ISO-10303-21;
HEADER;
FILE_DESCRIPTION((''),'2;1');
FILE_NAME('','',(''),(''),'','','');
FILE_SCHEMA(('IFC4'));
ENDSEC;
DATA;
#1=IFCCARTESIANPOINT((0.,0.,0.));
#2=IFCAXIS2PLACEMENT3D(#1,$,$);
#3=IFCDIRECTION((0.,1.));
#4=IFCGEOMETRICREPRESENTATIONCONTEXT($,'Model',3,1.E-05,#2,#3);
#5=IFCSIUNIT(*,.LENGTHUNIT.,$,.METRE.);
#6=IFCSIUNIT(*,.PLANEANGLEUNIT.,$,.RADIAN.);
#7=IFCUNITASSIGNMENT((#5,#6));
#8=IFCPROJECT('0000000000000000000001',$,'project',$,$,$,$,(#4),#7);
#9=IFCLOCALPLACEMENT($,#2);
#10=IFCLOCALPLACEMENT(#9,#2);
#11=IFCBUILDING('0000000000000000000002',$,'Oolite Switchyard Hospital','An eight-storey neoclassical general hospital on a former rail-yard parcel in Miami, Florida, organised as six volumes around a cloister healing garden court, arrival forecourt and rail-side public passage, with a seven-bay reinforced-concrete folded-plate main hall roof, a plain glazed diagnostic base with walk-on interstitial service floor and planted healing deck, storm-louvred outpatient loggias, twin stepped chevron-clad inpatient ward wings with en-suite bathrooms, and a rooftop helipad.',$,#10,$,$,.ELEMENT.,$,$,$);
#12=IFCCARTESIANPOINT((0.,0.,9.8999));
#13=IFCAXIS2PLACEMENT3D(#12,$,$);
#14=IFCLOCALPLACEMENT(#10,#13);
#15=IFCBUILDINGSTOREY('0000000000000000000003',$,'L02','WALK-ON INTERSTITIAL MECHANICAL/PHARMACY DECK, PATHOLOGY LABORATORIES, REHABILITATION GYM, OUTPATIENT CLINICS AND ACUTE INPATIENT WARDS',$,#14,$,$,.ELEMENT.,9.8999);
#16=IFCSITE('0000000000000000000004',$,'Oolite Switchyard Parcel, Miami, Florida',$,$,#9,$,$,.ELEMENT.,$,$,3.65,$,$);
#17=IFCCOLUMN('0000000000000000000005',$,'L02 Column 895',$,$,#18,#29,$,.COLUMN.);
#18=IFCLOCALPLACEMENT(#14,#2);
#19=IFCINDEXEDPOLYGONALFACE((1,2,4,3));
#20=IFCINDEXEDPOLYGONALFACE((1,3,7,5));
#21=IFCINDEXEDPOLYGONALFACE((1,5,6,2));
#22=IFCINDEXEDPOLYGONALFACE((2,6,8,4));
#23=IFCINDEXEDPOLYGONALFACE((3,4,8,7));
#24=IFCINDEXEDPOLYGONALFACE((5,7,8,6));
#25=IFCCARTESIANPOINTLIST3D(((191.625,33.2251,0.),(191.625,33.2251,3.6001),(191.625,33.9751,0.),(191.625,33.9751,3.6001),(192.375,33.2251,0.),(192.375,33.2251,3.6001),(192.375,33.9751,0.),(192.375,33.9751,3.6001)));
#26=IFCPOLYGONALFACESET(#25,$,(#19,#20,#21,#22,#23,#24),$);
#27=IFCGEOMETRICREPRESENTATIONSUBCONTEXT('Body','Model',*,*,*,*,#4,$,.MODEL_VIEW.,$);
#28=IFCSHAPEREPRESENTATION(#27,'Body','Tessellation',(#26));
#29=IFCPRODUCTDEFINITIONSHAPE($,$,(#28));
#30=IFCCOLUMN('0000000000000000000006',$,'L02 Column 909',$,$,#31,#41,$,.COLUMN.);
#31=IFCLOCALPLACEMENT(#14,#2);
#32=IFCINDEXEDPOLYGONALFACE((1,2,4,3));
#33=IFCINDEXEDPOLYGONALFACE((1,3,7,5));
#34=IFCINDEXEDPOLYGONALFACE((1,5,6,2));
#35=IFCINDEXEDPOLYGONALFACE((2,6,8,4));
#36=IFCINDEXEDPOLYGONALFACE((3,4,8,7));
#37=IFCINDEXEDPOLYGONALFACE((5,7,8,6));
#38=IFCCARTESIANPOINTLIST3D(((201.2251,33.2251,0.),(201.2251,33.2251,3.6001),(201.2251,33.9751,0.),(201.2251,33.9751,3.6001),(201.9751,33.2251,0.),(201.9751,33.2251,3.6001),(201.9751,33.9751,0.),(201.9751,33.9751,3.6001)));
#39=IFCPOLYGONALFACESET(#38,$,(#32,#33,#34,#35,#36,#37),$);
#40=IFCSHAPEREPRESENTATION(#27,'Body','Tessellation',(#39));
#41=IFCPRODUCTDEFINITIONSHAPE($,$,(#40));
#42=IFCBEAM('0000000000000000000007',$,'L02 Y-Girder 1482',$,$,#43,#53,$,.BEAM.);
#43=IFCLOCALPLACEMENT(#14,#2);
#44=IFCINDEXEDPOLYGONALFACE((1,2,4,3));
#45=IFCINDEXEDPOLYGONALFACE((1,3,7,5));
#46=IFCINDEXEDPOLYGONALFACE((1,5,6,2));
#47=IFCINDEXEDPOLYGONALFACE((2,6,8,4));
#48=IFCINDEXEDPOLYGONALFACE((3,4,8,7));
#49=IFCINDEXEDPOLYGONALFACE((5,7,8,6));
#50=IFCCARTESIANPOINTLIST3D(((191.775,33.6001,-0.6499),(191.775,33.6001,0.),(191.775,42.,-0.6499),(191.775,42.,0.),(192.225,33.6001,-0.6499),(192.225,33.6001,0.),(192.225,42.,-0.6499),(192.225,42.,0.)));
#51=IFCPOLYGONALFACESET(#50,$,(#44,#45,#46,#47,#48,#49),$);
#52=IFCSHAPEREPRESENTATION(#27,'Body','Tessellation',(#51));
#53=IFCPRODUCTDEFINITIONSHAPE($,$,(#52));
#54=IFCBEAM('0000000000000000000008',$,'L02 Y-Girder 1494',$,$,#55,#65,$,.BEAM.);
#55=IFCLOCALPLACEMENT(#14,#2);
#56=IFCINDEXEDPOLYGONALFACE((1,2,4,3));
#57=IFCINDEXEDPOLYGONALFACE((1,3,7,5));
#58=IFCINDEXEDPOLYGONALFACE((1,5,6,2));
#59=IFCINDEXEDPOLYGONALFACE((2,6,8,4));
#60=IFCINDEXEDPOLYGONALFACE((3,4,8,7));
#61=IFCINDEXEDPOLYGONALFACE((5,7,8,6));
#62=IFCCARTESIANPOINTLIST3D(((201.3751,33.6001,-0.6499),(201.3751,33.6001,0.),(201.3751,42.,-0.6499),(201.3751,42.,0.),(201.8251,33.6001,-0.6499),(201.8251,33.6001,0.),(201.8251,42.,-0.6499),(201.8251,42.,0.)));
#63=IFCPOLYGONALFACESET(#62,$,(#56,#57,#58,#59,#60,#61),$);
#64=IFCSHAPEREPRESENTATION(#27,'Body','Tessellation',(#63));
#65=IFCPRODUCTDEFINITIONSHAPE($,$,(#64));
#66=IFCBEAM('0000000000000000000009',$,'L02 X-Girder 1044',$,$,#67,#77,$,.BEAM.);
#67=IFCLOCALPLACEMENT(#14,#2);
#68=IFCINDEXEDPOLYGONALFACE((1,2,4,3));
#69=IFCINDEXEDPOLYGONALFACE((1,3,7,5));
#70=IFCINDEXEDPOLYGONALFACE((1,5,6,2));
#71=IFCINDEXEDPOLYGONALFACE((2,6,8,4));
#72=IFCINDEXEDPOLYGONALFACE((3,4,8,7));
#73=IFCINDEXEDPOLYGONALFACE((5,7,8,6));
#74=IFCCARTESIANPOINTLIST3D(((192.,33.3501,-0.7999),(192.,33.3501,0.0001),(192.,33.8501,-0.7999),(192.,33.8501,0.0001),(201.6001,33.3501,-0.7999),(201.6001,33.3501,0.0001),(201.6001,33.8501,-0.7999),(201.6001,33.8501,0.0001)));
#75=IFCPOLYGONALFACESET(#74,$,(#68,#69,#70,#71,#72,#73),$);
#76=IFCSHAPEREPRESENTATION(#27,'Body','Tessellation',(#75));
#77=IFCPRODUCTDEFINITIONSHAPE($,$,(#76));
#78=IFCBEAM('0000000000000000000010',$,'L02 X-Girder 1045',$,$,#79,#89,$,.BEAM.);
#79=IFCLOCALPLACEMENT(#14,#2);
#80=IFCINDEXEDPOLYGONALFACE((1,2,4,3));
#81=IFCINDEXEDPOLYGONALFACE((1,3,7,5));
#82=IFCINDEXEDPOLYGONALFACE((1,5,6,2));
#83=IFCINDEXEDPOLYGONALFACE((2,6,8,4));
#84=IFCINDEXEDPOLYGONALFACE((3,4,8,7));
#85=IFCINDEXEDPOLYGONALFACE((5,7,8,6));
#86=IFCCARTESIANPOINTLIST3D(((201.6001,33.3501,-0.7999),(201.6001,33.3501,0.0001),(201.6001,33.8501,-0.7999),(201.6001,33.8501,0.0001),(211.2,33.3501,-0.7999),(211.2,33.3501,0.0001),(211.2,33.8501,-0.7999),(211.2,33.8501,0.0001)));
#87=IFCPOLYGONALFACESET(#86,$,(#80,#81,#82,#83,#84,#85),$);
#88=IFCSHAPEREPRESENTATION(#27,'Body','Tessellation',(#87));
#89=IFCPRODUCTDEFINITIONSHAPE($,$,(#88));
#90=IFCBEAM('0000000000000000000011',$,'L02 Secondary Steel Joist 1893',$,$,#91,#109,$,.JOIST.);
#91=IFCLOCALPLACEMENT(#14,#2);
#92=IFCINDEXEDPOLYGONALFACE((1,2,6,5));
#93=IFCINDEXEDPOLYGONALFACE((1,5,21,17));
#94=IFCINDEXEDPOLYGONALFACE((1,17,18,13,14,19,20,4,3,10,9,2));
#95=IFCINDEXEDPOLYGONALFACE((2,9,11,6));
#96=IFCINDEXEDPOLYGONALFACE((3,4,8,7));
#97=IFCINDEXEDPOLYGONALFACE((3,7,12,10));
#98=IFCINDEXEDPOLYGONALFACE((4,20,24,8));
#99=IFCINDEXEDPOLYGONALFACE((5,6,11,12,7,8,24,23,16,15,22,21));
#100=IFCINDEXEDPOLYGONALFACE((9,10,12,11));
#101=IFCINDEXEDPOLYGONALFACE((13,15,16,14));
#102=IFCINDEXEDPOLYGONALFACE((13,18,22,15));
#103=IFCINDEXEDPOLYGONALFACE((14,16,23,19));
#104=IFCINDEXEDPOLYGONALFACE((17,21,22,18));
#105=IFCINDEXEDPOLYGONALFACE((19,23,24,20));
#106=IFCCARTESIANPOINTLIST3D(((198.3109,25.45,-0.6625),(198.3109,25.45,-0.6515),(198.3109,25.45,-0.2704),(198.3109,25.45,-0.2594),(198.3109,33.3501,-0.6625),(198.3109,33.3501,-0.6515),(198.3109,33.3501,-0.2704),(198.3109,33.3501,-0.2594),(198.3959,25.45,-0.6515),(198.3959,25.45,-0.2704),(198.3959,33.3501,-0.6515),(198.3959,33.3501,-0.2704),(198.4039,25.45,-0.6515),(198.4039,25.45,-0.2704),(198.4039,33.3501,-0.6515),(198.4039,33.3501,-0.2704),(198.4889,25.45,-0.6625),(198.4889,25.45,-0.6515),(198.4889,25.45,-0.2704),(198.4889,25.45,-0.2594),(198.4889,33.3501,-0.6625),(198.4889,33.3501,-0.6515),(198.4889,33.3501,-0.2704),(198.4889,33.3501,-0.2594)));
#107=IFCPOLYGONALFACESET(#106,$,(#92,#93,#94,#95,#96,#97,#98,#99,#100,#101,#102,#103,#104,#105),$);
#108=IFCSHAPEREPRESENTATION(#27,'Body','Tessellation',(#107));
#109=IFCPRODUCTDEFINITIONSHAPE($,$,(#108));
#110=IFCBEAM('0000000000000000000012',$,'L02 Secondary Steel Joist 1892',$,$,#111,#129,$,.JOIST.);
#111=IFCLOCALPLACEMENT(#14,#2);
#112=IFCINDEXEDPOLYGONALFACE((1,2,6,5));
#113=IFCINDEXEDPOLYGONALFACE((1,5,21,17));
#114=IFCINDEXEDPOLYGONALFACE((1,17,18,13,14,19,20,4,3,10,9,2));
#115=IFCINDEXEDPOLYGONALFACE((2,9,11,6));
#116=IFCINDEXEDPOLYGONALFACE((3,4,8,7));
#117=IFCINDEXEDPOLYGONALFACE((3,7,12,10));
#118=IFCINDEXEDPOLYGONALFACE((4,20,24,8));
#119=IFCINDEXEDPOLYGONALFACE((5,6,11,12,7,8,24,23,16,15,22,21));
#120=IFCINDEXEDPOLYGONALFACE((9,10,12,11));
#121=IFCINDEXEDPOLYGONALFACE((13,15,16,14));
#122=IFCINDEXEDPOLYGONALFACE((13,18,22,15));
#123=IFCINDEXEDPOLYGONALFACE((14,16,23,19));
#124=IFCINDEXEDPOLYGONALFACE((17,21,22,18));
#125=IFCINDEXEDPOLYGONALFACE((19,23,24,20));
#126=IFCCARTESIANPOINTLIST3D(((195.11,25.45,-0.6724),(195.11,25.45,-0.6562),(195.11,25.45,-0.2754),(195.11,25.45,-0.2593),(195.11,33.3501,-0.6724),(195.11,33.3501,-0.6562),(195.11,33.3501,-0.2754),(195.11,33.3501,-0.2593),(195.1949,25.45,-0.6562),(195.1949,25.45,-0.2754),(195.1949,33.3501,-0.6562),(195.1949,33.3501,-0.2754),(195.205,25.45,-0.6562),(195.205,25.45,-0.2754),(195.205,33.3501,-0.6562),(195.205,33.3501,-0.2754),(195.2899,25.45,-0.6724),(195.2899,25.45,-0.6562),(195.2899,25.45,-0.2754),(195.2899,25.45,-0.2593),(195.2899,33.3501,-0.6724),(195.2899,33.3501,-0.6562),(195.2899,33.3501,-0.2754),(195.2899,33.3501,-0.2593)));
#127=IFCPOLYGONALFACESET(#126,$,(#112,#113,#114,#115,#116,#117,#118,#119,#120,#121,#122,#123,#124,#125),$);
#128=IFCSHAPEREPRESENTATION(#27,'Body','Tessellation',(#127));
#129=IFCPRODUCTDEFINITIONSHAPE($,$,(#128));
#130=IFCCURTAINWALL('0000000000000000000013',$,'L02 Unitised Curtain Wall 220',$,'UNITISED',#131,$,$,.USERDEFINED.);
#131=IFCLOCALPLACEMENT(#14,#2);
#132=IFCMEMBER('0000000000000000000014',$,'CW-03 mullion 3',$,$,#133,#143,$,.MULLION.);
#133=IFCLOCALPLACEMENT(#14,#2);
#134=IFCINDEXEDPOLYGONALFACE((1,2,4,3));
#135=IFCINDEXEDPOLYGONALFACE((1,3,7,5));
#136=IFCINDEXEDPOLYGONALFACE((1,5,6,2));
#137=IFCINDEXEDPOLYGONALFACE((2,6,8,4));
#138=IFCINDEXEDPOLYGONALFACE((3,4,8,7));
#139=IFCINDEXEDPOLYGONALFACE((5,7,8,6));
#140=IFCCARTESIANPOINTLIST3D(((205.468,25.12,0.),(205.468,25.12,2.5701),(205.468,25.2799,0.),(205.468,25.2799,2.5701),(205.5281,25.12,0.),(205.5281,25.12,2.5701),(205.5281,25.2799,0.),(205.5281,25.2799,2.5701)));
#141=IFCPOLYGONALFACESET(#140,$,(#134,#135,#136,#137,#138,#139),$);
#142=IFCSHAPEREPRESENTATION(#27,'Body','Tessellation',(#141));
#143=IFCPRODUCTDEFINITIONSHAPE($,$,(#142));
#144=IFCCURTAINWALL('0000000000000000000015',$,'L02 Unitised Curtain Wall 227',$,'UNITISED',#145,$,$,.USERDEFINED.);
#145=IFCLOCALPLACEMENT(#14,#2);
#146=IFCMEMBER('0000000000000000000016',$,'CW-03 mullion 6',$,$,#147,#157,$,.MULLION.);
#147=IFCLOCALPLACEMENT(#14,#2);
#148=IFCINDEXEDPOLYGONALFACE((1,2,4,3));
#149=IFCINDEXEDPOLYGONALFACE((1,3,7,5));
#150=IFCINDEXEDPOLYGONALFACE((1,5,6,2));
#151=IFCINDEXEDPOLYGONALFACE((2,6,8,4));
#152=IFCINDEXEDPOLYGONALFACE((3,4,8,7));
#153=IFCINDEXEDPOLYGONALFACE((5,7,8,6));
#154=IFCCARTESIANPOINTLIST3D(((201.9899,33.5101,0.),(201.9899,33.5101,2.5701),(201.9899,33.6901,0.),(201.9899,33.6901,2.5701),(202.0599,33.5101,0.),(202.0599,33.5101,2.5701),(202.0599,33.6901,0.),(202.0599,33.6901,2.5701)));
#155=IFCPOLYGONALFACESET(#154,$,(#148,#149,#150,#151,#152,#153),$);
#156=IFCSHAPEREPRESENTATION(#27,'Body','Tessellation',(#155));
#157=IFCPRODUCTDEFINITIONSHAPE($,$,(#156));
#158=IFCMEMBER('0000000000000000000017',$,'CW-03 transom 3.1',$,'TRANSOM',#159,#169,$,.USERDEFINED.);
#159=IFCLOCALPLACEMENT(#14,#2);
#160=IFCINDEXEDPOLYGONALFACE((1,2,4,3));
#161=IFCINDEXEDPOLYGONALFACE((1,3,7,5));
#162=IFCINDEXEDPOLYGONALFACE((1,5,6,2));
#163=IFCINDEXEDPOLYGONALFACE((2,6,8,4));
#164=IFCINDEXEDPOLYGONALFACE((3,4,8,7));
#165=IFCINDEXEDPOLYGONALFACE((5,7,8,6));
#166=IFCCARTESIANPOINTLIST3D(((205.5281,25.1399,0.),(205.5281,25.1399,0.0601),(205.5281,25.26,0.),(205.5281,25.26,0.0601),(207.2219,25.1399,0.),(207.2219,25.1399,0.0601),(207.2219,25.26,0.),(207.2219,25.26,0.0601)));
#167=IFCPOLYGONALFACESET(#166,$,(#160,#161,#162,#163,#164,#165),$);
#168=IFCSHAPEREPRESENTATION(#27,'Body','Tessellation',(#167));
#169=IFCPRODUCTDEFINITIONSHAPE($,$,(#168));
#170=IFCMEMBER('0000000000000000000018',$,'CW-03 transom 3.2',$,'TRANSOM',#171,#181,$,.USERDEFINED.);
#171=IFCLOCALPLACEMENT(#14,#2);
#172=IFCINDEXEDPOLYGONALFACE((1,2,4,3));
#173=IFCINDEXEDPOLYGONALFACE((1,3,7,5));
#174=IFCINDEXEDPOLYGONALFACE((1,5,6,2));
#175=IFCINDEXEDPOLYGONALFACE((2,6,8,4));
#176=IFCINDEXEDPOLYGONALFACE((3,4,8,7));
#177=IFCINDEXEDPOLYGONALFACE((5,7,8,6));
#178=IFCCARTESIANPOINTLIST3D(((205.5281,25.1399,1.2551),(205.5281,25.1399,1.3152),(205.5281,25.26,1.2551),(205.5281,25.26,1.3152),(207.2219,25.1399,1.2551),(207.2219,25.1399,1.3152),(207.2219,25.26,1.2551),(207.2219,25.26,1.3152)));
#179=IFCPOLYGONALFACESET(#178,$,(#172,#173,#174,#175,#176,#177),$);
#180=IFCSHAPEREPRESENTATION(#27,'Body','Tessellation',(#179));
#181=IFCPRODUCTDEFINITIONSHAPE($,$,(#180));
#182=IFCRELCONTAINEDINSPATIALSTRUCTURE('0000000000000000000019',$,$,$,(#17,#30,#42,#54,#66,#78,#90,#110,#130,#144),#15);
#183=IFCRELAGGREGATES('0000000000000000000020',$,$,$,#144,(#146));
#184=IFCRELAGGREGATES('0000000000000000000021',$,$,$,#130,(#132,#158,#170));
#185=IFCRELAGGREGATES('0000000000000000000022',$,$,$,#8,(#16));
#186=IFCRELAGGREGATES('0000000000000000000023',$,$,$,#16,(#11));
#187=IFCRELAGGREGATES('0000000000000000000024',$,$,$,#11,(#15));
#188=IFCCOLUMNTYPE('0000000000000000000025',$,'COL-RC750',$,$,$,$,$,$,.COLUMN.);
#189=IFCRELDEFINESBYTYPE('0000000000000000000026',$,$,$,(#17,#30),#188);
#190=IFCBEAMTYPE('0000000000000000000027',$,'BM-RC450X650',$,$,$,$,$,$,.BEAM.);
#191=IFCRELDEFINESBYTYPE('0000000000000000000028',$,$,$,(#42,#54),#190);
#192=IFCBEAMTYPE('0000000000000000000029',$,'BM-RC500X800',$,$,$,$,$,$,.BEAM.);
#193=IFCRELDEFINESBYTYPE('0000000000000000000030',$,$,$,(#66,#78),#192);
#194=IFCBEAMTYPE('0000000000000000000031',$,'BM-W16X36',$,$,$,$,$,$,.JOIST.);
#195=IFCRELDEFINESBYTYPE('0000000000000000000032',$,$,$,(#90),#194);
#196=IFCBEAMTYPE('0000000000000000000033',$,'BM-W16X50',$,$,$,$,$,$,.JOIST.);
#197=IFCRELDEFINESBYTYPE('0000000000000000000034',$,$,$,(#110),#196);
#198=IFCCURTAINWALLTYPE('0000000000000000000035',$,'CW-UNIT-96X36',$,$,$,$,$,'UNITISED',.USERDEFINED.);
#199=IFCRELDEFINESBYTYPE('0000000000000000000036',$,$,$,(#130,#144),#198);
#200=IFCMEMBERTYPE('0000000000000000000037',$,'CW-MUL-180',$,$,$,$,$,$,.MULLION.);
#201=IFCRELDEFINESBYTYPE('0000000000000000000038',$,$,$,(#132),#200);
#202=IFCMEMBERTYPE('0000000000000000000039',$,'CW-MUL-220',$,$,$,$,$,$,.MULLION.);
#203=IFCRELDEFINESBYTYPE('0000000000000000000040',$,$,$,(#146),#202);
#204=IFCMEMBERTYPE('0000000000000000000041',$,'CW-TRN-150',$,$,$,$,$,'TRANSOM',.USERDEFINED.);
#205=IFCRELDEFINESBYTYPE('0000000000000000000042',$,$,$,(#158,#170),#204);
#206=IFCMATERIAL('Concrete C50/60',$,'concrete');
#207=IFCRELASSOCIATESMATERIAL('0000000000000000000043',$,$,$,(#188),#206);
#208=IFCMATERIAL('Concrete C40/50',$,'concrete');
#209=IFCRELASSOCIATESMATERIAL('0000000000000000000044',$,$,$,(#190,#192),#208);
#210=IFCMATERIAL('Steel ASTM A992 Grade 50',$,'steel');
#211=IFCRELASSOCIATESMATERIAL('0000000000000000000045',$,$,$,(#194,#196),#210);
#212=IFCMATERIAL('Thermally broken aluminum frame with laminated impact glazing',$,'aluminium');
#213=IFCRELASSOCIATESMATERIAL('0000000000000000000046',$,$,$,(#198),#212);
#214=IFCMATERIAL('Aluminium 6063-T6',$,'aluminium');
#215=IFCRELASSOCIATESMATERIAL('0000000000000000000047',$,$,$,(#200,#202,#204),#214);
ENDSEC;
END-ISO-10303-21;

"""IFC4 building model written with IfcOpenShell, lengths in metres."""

from ifc_helpers import new_model, si_unit, direction, frame, origin, origin_2d, place, context, subcontext, project, spatial, rectangle, i_section, extrude, material, material_profile, profile_set, type_object, element, aggregate, save


model = new_model("IFC4")

# Units and contexts
model_context = context("Model", 3, precision=1e-05, world=origin(), true_north=direction((0.0, 1.0)))
body_context = subcontext(model_context, "Body", "Model", "MODEL_VIEW")
ifc_project = project(units=[si_unit("LENGTHUNIT", "METRE"), si_unit("PLANEANGLEUNIT", "RADIAN")], contexts=[model_context])

# Site, building, storey
site_placement = place(None, origin())
site = spatial("IfcSite", under=ifc_project, at=site_placement, Name="Oolite Switchyard Parcel, Miami, Florida", CompositionType="ELEMENT", RefElevation=3.65)
building_placement = place(site_placement, origin())
building = spatial("IfcBuilding", under=site, at=building_placement, Name="Oolite Switchyard Hospital", Description="An eight-storey neoclassical general hospital on a former rail-yard parcel in Miami, Florida, organised as six volumes around a cloister healing garden court, arrival forecourt and rail-side public passage, with a seven-bay reinforced-concrete folded-plate main hall roof, a plain glazed diagnostic base with walk-on interstitial service floor and planted healing deck, storm-louvred outpatient loggias, twin stepped chevron-clad inpatient ward wings with en-suite bathrooms, and a rooftop helipad.", CompositionType="ELEMENT")
storey_placement = place(building_placement, frame((0.0, 0.0, 9.8999)))
storey = spatial("IfcBuildingStorey", under=building, at=storey_placement, Name="L02", Description="WALK-ON INTERSTITIAL MECHANICAL/PHARMACY DECK, PATHOLOGY LABORATORIES, REHABILITATION GYM, OUTPATIENT CLINICS AND ACUTE INPATIENT WARDS", CompositionType="ELEMENT", Elevation=9.8999)

# Columns
ifc_material_1 = material(Name="Concrete C50/60", Category="concrete")
ifc_material_profile_1 = material_profile(ifc_material_1, rectangle(XDim=0.75, YDim=0.75, at=origin_2d()), Name="RC750X750")
ifc_profile_set_1 = profile_set([ifc_material_profile_1], Name="Concrete C50/60")
column_type = type_object("IfcColumnType", Name="COL-RC750", PredefinedType="COLUMN", material=ifc_profile_set_1)
for number, where, z_axis, x_axis, name in (
    (1, (192.0, 33.6001, 0.0), (0.0, 0.0, 1.0), (1.0, 0.0, 0.0), "L02 Column 895"),
    (2, (201.6001, 33.6001, 0.0), (0.0, 0.0, 1.0), (1.0, 0.0, 0.0), "L02 Column 909"),
):
    element("IfcColumn", number, at=place(storey_placement, frame(where, z_axis=z_axis, x_axis=x_axis)), inside=storey, type_object=column_type, Name=name, PredefinedType="COLUMN", context=body_context, shape_type="SweptSolid", body=[
        extrude(rectangle(XDim=0.75, YDim=0.75, at=origin_2d()), origin(), (0.0, 0.0, 1.0), 3.6001),
    ])

# Beams
ifc_material_2 = material(Name="Concrete C40/50", Category="concrete")
ifc_material_profile_2 = material_profile(ifc_material_2, rectangle(XDim=0.45, YDim=0.6499, at=origin_2d()), Name="RCB450X650")
ifc_profile_set_2 = profile_set([ifc_material_profile_2], Name="Concrete C40/50")
beam_type_1 = type_object("IfcBeamType", Name="BM-RC450X650", PredefinedType="BEAM", material=ifc_profile_set_2)
for number, where, z_axis, x_axis, name in (
    (3, (192.0, 33.6001, -0.325), (0.0, 1.0, 0.0), (-1.0, 0.0, 0.0), "L02 Y-Girder 1482"),
    (4, (201.6001, 33.6001, -0.325), (0.0, 1.0, 0.0), (-1.0, 0.0, 0.0), "L02 Y-Girder 1494"),
):
    element("IfcBeam", number, at=place(storey_placement, frame(where, z_axis=z_axis, x_axis=x_axis)), inside=storey, type_object=beam_type_1, Name=name, PredefinedType="BEAM", context=body_context, shape_type="SweptSolid", body=[
        extrude(rectangle(XDim=0.45, YDim=0.6499, at=origin_2d()), origin(), (0.0, 0.0, 1.0), 8.3999),
    ])
ifc_material_profile_3 = material_profile(ifc_material_2, rectangle(XDim=0.5, YDim=0.8, at=origin_2d()), Name="RCB500X800")
ifc_profile_set_3 = profile_set([ifc_material_profile_3], Name="Concrete C40/50")
beam_type_2 = type_object("IfcBeamType", Name="BM-RC500X800", PredefinedType="BEAM", material=ifc_profile_set_3)
beam_1_placement = place(storey_placement, frame((192.0, 33.6001, -0.3999), z_axis=(1.0, 0.0, 0.0), x_axis=(0.0, 1.0, 0.0)))
element("IfcBeam", 5, at=beam_1_placement, inside=storey, type_object=beam_type_2, Name="L02 X-Girder 1044", PredefinedType="BEAM", context=body_context, shape_type="SweptSolid", body=[
    extrude(rectangle(XDim=0.5, YDim=0.8, at=origin_2d()), origin(), (0.0, 0.0, 1.0), 9.6001),
])
beam_2_placement = place(storey_placement, frame((201.6001, 33.6001, -0.3999), z_axis=(1.0, 0.0, 0.0), x_axis=(0.0, 1.0, 0.0)))
element("IfcBeam", 6, at=beam_2_placement, inside=storey, type_object=beam_type_2, Name="L02 X-Girder 1045", PredefinedType="BEAM", context=body_context, shape_type="SweptSolid", body=[
    extrude(rectangle(XDim=0.5, YDim=0.8, at=origin_2d()), origin(), (0.0, 0.0, 1.0), 9.5999),
])
ifc_material_3 = material(Name="Steel ASTM A992 Grade 50", Category="steel")
ifc_material_profile_4 = material_profile(ifc_material_3, i_section(OverallWidth=0.178, OverallDepth=0.4031, WebThickness=0.0081, FlangeThickness=0.011, at=origin_2d()), Name="W16X36")
ifc_profile_set_4 = profile_set([ifc_material_profile_4], Name="Steel ASTM A992 Grade 50")
beam_type_3 = type_object("IfcBeamType", Name="BM-W16X36", PredefinedType="JOIST", material=ifc_profile_set_4)
beam_3_placement = place(storey_placement, frame((198.3999, 25.45, -0.4609), z_axis=(0.0, 1.0, 0.0), x_axis=(-1.0, 0.0, 0.0)))
element("IfcBeam", 7, at=beam_3_placement, inside=storey, type_object=beam_type_3, Name="L02 Secondary Steel Joist 1893", PredefinedType="JOIST", context=body_context, shape_type="SweptSolid", body=[
    extrude(i_section(OverallWidth=0.178, OverallDepth=0.4031, WebThickness=0.0081, FlangeThickness=0.011, at=origin_2d()), origin(), (0.0, 0.0, 1.0), 7.9001),
])
ifc_material_profile_5 = material_profile(ifc_material_3, i_section(OverallWidth=0.1799, OverallDepth=0.4131, WebThickness=0.01, FlangeThickness=0.0161, at=origin_2d()), Name="W16X50")
ifc_profile_set_5 = profile_set([ifc_material_profile_5], Name="Steel ASTM A992 Grade 50")
beam_type_4 = type_object("IfcBeamType", Name="BM-W16X50", PredefinedType="JOIST", material=ifc_profile_set_5)
beam_4_placement = place(storey_placement, frame((195.2, 25.45, -0.4658), z_axis=(0.0, 1.0, 0.0), x_axis=(-1.0, 0.0, 0.0)))
element("IfcBeam", 8, at=beam_4_placement, inside=storey, type_object=beam_type_4, Name="L02 Secondary Steel Joist 1892", PredefinedType="JOIST", context=body_context, shape_type="SweptSolid", body=[
    extrude(i_section(OverallWidth=0.1799, OverallDepth=0.4131, WebThickness=0.01, FlangeThickness=0.0161, at=origin_2d()), origin(), (0.0, 0.0, 1.0), 7.9001),
])

# Curtain walls, members
ifc_material_4 = material(Name="Thermally broken aluminum frame with laminated impact glazing", Category="aluminium")
curtain_wall_type = type_object("IfcCurtainWallType", Name="CW-UNIT-96X36", ElementType="UNITISED", PredefinedType="USERDEFINED", material=ifc_material_4)
curtain_wall_1_placement = place(storey_placement, origin())
curtain_wall_1 = element("IfcCurtainWall", 9, at=curtain_wall_1_placement, inside=storey, type_object=curtain_wall_type, Name="L02 Unitised Curtain Wall 220", ObjectType="UNITISED", PredefinedType="USERDEFINED")
ifc_material_5 = material(Name="Aluminium 6063-T6", Category="aluminium")
ifc_material_profile_6 = material_profile(ifc_material_5, rectangle(XDim=0.1599, YDim=0.0601, at=origin_2d()), Name="CWM60X160")
ifc_profile_set_6 = profile_set([ifc_material_profile_6], Name="Aluminium 6063-T6")
member_type_1 = type_object("IfcMemberType", Name="CW-MUL-180", PredefinedType="MULLION", material=ifc_profile_set_6)
member_1_placement = place(storey_placement, frame((205.498, 25.2, 0.0), z_axis=(0.0, 0.0, 1.0), x_axis=(0.0, 1.0, 0.0)))
member_1 = element("IfcMember", 10, at=member_1_placement, type_object=member_type_1, Name="CW-03 mullion 3", PredefinedType="MULLION", context=body_context, shape_type="SweptSolid", body=[
    extrude(rectangle(XDim=0.1599, YDim=0.0601, at=origin_2d()), origin(), (0.0, 0.0, 1.0), 2.5701),
])
curtain_wall_2_placement = place(storey_placement, origin())
curtain_wall_2 = element("IfcCurtainWall", 11, at=curtain_wall_2_placement, inside=storey, type_object=curtain_wall_type, Name="L02 Unitised Curtain Wall 227", ObjectType="UNITISED", PredefinedType="USERDEFINED")
ifc_material_profile_7 = material_profile(ifc_material_5, rectangle(XDim=0.1799, YDim=0.0701, at=origin_2d()), Name="CWM70X180")
ifc_profile_set_7 = profile_set([ifc_material_profile_7], Name="Aluminium 6063-T6")
member_type_2 = type_object("IfcMemberType", Name="CW-MUL-220", PredefinedType="MULLION", material=ifc_profile_set_7)
member_2_placement = place(storey_placement, frame((202.0249, 33.6001, 0.0), z_axis=(0.0, 0.0, 1.0), x_axis=(0.0, -1.0, 0.0)))
member_2 = element("IfcMember", 12, at=member_2_placement, type_object=member_type_2, Name="CW-03 mullion 6", PredefinedType="MULLION", context=body_context, shape_type="SweptSolid", body=[
    extrude(rectangle(XDim=0.1799, YDim=0.0701, at=origin_2d()), origin(), (0.0, 0.0, 1.0), 2.5701),
])

# Members
ifc_material_profile_8 = material_profile(ifc_material_5, rectangle(XDim=0.1201, YDim=0.0601, at=origin_2d()), Name="CWT60X120")
ifc_profile_set_8 = profile_set([ifc_material_profile_8], Name="Aluminium 6063-T6")
member_type_3 = type_object("IfcMemberType", Name="CW-TRN-150", ElementType="TRANSOM", PredefinedType="USERDEFINED", material=ifc_profile_set_8)
member_3_placement = place(storey_placement, frame((205.5281, 25.2, 0.03), z_axis=(1.0, 0.0, 0.0), x_axis=(0.0, 1.0, 0.0)))
member_3 = element("IfcMember", 13, at=member_3_placement, type_object=member_type_3, Name="CW-03 transom 3.1", ObjectType="TRANSOM", PredefinedType="USERDEFINED", context=body_context, shape_type="SweptSolid", body=[
    extrude(rectangle(XDim=0.1201, YDim=0.0601, at=origin_2d()), origin(), (0.0, 0.0, 1.0), 1.6938),
])
member_4_placement = place(storey_placement, frame((205.5281, 25.2, 1.2852), z_axis=(1.0, 0.0, 0.0), x_axis=(0.0, 1.0, 0.0)))
member_4 = element("IfcMember", 14, at=member_4_placement, type_object=member_type_3, Name="CW-03 transom 3.2", ObjectType="TRANSOM", PredefinedType="USERDEFINED", context=body_context, shape_type="SweptSolid", body=[
    extrude(rectangle(XDim=0.1201, YDim=0.0601, at=origin_2d()), origin(), (0.0, 0.0, 1.0), 1.6938),
])

aggregate(curtain_wall_2, [member_2])
aggregate(curtain_wall_1, [member_1, member_3, member_4])

save(model, "model.ifc")
